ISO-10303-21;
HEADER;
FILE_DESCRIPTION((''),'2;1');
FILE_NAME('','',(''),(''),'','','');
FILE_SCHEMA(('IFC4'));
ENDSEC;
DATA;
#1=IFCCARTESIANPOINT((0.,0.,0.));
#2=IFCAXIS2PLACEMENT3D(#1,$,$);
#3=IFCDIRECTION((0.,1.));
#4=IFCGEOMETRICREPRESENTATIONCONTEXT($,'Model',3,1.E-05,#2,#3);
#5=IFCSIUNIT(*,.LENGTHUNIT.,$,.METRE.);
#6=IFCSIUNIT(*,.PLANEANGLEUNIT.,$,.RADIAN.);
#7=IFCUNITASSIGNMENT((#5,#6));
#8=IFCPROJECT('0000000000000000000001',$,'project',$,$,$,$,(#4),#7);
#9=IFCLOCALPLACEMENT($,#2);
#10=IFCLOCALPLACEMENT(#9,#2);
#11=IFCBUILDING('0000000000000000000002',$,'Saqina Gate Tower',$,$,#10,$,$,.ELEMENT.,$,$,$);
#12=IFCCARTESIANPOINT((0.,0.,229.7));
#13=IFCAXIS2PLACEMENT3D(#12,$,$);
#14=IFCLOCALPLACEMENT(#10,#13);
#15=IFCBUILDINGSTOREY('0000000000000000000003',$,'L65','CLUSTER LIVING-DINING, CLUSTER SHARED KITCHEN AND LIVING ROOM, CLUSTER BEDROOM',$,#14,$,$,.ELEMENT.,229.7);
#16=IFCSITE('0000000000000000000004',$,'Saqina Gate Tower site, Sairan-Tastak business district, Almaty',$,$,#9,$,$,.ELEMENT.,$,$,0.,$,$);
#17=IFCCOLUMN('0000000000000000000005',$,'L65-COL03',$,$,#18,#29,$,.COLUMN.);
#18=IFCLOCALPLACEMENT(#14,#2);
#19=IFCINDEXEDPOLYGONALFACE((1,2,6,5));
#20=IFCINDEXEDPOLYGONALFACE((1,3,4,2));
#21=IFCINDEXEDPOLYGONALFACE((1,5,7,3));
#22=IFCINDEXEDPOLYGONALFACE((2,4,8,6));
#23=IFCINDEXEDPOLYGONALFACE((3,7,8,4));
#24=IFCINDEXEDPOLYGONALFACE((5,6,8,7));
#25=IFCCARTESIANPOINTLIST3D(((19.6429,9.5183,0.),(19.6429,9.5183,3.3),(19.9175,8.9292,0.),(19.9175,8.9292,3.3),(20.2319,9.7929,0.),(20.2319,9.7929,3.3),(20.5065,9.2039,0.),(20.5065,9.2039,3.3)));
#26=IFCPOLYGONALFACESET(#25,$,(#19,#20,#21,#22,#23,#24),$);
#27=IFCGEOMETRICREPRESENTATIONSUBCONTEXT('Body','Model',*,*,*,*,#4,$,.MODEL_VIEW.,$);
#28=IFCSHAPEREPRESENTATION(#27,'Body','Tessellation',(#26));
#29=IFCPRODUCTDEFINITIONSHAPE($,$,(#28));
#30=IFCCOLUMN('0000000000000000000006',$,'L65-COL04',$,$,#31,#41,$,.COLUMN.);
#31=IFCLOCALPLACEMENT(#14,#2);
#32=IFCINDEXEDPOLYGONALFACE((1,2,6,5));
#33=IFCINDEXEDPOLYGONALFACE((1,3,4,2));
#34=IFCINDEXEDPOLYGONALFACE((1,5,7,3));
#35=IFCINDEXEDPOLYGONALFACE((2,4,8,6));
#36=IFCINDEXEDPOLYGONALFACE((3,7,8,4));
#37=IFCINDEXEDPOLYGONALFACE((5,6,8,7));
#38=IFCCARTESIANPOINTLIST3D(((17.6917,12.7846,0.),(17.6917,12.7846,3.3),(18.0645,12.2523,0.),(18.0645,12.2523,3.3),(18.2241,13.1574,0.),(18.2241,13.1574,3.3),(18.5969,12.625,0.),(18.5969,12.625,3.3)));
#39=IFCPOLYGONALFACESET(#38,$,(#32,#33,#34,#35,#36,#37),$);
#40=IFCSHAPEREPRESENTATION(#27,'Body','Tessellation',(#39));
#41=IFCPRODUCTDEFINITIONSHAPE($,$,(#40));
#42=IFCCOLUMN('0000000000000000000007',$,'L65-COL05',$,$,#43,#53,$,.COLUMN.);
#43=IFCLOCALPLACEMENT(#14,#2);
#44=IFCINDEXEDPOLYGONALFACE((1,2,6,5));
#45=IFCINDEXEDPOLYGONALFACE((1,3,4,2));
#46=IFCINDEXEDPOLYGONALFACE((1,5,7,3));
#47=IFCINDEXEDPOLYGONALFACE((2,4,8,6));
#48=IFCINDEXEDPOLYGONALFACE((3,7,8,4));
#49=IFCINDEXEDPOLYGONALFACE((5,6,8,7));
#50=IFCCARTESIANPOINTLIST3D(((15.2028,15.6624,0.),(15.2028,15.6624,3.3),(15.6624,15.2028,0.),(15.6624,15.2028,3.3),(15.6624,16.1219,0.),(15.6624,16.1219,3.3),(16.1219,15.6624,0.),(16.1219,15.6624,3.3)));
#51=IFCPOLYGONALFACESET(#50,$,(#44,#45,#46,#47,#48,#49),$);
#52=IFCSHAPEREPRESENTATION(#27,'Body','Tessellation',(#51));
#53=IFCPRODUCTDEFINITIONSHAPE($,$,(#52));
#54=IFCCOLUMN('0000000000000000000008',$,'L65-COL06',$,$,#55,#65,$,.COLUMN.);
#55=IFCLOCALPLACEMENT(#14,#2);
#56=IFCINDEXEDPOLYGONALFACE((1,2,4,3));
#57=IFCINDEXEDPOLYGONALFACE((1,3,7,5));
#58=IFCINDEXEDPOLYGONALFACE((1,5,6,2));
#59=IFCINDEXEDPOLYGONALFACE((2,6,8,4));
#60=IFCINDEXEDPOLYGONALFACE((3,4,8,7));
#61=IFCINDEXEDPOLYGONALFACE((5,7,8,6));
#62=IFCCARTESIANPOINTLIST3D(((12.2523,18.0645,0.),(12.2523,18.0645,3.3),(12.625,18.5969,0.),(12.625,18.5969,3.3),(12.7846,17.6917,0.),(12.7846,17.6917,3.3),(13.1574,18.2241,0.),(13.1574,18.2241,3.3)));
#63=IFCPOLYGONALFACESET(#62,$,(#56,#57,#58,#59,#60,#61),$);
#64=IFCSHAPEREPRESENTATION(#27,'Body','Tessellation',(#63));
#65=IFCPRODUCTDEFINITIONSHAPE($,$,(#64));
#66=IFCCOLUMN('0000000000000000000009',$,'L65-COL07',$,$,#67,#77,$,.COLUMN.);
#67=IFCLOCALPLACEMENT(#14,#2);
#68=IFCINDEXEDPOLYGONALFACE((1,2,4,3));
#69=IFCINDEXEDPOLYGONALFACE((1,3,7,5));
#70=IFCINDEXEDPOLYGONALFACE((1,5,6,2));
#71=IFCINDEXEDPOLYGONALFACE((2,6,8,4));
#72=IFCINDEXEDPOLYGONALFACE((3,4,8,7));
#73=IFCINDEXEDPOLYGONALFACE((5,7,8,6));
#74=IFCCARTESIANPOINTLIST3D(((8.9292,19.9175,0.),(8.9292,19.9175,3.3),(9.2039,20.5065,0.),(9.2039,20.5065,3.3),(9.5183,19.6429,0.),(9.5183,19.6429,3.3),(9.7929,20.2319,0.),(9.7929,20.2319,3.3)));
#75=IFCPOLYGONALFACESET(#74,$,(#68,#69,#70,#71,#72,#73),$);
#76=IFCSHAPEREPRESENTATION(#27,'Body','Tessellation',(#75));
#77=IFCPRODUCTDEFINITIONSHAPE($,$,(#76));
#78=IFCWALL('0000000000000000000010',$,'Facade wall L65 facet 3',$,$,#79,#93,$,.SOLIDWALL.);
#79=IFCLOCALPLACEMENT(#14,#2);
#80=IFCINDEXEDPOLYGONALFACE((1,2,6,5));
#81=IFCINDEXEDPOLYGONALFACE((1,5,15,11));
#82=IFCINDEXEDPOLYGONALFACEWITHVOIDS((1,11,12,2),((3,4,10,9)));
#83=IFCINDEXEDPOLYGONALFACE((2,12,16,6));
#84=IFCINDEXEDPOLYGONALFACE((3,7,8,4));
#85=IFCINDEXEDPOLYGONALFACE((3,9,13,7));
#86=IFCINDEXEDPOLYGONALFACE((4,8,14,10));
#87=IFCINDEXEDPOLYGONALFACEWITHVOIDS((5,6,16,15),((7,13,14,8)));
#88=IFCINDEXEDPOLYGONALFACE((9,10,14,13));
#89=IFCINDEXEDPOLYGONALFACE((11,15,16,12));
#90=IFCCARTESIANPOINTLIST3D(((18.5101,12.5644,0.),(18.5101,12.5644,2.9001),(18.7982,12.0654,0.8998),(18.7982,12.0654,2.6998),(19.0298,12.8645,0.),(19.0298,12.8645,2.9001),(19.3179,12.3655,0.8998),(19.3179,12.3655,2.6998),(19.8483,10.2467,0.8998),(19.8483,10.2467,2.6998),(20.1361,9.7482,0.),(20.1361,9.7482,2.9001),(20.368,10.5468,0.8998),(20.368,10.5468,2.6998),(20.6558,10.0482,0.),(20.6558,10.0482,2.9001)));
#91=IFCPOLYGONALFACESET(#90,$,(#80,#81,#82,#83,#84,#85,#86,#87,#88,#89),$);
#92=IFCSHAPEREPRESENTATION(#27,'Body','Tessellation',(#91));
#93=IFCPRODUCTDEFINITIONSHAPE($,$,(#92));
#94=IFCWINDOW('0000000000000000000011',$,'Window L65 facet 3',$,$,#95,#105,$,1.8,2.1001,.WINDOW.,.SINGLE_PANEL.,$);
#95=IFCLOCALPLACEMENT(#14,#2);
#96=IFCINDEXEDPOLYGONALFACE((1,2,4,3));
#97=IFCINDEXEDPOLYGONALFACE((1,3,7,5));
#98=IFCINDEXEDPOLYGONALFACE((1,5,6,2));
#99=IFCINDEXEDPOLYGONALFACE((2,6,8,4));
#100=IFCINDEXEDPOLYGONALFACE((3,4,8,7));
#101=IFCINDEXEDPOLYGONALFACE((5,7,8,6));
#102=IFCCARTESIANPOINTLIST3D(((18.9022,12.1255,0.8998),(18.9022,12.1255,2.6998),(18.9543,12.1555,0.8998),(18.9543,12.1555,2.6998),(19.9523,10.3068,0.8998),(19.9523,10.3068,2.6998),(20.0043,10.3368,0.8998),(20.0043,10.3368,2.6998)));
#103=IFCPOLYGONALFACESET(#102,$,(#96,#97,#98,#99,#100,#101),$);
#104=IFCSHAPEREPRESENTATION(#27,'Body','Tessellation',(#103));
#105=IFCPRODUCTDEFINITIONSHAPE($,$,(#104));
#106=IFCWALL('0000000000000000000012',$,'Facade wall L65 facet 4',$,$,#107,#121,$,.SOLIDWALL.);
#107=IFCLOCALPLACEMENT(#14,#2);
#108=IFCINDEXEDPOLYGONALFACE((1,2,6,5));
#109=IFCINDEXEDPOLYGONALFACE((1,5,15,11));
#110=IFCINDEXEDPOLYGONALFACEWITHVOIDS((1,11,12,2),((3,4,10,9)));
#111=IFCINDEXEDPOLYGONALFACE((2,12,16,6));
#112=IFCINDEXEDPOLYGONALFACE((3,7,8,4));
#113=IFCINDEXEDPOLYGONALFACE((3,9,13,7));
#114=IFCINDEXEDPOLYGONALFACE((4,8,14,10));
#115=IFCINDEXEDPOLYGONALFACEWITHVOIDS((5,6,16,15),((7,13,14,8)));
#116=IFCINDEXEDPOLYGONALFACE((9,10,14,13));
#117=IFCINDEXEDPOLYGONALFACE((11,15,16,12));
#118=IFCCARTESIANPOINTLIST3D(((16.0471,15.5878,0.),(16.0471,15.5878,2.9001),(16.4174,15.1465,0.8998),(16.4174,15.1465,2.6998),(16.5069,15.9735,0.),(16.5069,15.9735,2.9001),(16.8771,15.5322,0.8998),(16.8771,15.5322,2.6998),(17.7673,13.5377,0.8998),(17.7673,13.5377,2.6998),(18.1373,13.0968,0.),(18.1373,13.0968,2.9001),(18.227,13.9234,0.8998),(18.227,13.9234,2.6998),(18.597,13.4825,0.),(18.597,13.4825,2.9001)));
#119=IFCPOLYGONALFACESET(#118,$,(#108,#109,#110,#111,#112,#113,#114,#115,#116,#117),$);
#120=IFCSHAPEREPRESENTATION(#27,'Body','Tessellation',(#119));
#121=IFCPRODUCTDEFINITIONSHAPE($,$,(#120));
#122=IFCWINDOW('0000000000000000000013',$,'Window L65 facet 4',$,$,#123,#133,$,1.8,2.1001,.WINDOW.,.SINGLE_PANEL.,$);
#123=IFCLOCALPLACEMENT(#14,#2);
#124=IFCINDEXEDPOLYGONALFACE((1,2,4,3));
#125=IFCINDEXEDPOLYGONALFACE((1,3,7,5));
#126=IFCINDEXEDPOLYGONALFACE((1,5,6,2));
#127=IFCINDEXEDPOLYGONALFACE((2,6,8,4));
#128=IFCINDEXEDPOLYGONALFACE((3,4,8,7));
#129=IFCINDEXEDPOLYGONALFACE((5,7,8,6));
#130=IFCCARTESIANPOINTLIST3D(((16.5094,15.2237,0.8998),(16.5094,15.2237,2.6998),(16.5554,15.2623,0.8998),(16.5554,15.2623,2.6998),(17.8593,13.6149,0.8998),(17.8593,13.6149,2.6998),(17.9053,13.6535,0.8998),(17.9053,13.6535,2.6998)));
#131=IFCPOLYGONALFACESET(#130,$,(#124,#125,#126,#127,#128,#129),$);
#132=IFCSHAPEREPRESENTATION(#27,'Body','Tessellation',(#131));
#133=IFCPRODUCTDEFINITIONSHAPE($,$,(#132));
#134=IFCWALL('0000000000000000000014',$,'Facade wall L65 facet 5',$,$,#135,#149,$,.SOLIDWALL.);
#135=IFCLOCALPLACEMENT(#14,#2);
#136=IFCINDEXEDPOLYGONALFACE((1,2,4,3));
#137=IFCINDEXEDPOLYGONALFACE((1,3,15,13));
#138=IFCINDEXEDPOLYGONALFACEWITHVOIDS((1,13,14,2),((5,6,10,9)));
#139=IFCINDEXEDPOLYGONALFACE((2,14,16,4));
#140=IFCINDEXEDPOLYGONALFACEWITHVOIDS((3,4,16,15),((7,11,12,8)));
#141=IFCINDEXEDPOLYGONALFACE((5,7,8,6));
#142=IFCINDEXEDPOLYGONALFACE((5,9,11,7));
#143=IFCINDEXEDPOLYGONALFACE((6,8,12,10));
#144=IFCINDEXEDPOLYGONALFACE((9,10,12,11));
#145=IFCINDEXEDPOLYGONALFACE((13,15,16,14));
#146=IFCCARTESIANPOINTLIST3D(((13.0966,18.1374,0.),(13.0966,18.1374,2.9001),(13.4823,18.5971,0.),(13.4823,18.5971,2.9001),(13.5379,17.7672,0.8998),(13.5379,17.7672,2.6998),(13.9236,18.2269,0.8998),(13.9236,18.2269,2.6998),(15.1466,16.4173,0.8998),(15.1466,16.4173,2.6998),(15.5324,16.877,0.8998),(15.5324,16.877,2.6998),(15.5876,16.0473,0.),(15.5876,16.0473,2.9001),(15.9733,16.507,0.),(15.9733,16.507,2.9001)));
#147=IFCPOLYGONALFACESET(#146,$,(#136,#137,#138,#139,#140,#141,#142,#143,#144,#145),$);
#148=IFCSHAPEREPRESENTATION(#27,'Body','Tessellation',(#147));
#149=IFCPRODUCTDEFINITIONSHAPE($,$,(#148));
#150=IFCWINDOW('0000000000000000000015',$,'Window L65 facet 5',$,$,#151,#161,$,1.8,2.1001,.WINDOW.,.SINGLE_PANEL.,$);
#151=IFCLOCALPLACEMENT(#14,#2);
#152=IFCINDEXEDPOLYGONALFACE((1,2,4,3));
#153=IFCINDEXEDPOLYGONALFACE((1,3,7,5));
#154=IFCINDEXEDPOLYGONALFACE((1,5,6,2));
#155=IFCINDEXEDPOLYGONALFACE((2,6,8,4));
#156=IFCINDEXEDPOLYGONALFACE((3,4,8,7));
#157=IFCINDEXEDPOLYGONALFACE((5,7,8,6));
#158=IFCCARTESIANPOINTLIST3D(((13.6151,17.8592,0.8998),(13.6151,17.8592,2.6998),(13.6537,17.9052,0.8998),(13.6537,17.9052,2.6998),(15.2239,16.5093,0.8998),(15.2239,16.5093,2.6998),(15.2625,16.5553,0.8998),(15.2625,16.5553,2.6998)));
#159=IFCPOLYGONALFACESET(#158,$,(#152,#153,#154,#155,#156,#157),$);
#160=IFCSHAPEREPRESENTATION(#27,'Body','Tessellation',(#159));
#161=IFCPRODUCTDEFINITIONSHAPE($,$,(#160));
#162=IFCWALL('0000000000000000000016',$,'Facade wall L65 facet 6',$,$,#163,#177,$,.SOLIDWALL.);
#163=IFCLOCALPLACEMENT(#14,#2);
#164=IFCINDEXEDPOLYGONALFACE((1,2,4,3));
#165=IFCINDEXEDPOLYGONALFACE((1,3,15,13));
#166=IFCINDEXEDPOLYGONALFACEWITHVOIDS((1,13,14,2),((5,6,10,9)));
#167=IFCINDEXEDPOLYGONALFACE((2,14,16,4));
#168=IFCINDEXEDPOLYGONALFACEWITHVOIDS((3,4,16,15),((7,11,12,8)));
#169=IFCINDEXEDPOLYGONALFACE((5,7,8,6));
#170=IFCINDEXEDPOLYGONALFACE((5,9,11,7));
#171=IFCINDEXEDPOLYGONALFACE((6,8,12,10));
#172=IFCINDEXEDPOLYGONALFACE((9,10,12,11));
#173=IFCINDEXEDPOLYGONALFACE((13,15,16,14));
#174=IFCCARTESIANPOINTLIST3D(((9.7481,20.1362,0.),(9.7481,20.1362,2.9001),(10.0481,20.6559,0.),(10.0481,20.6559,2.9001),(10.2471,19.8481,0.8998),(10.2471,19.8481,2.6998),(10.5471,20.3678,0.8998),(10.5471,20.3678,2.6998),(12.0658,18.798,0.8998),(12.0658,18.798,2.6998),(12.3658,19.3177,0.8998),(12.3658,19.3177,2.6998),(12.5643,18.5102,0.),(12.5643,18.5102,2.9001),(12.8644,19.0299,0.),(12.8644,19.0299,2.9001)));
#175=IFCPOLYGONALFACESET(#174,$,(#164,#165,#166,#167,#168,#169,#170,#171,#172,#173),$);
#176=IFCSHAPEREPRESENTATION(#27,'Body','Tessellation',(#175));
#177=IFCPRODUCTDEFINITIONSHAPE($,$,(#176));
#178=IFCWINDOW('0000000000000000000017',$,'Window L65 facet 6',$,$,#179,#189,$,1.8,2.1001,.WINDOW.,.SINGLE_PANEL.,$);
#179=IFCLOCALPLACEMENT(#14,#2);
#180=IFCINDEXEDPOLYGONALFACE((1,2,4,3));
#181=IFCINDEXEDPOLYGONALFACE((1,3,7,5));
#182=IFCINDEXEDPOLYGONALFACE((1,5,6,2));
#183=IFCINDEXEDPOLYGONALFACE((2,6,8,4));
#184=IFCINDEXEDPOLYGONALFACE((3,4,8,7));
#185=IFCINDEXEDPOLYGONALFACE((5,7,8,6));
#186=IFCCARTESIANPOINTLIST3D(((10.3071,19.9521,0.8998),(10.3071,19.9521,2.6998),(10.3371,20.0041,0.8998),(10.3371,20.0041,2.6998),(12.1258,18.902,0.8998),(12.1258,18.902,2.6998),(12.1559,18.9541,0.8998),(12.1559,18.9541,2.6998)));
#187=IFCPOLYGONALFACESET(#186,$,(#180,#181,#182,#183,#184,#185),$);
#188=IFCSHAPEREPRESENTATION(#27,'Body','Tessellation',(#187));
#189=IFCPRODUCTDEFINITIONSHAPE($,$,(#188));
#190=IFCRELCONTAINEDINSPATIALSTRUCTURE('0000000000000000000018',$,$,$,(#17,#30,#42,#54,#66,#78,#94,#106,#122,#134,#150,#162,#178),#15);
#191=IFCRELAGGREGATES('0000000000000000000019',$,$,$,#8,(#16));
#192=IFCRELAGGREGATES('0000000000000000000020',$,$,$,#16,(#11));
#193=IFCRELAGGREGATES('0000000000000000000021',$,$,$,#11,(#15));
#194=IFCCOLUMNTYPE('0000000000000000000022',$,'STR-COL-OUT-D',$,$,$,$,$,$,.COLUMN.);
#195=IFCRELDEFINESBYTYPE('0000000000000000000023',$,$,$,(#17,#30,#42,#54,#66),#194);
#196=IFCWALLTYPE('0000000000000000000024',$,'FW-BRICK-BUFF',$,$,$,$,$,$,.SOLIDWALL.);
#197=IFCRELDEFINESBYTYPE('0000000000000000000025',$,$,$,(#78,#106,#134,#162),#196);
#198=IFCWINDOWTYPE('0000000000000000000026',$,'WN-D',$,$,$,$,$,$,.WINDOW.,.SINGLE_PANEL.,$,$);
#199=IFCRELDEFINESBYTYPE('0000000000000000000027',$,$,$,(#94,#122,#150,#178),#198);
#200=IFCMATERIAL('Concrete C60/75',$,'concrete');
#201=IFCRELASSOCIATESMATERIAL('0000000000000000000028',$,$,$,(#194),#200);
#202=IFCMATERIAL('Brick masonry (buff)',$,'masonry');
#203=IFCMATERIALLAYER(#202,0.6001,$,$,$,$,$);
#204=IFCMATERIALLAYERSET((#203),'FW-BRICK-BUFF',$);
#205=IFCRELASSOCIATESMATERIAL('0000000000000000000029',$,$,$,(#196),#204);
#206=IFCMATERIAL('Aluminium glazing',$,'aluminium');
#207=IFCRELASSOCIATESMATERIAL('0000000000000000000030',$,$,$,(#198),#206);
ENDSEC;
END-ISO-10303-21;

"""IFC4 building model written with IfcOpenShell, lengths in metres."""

from ifc_helpers import new_model, si_unit, direction, frame, frame_2d, origin, origin_2d, place, context, subcontext, project, spatial, rectangle, extrude, material, layer, layer_set, material_profile, profile_set, type_object, element, fill, save


model = new_model("IFC4")

# Units and contexts
model_context = context("Model", 3, precision=1e-05, world=origin(), true_north=direction((0.0, 1.0)))
body_context = subcontext(model_context, "Body", "Model", "MODEL_VIEW")
ifc_project = project(units=[si_unit("LENGTHUNIT", "METRE"), si_unit("PLANEANGLEUNIT", "RADIAN")], contexts=[model_context])

# Site, building, storey
site_placement = place(None, origin())
site = spatial("IfcSite", under=ifc_project, at=site_placement, Name="Saqina Gate Tower site, Sairan-Tastak business district, Almaty", CompositionType="ELEMENT", RefElevation=0.0)
building_placement = place(site_placement, origin())
building = spatial("IfcBuilding", under=site, at=building_placement, Name="Saqina Gate Tower", CompositionType="ELEMENT")
storey_placement = place(building_placement, frame((0.0, 0.0, 229.7)))
storey = spatial("IfcBuildingStorey", under=building, at=storey_placement, Name="L65", Description="CLUSTER LIVING-DINING, CLUSTER SHARED KITCHEN AND LIVING ROOM, CLUSTER BEDROOM", CompositionType="ELEMENT", Elevation=229.7)

# Columns
ifc_material_1 = material(Name="Concrete C60/75", Category="concrete")
ifc_material_profile = material_profile(ifc_material_1, rectangle(XDim=0.6499, YDim=0.6499, at=origin_2d()), Name="RC 650x650")
ifc_profile_set = profile_set([ifc_material_profile], Name="Concrete C60/75")
column_type = type_object("IfcColumnType", Name="STR-COL-OUT-D", PredefinedType="COLUMN", material=ifc_profile_set)
for number, where, z_axis, x_axis, name in (
    (1, (20.0747, 9.3611, 0.0), (0.0, 0.0, 1.0), (0.906308, 0.422618, 0.0), "L65-COL03"),
    (2, (18.1443, 12.7048, 0.0), (0.0, 0.0, 1.0), (0.819152, 0.573576, 0.0), "L65-COL04"),
    (3, (15.6624, 15.6624, 0.0), (0.0, 0.0, 1.0), (0.707107, 0.707107, 0.0), "L65-COL05"),
    (4, (12.7048, 18.1443, 0.0), (0.0, 0.0, 1.0), (0.573576, 0.819152, 0.0), "L65-COL06"),
    (5, (9.3611, 20.0747, 0.0), (0.0, 0.0, 1.0), (0.422618, 0.906308, 0.0), "L65-COL07"),
):
    element("IfcColumn", number, at=place(storey_placement, frame(where, z_axis=z_axis, x_axis=x_axis)), inside=storey, type_object=column_type, Name=name, PredefinedType="COLUMN", context=body_context, shape_type="SweptSolid", body=[
        extrude(rectangle(XDim=0.6499, YDim=0.6499, at=origin_2d()), origin(), (0.0, 0.0, 1.0), 3.3),
    ])

# Walls, openings, windows
ifc_material_2 = material(Name="Brick masonry (buff)", Category="masonry")
ifc_layer_1 = layer(ifc_material_2, 0.6001)
ifc_layer_set_1 = layer_set([ifc_layer_1], Name="FW-BRICK-BUFF")
wall_type_1 = type_object("IfcWallType", Name="FW-BRICK-BUFF", PredefinedType="SOLIDWALL", material=ifc_layer_set_1)
wall_1_placement = place(storey_placement, frame((20.396, 9.8982, 0.0), z_axis=(0.0, 0.0, 1.0), x_axis=(-0.500015, 0.866017, 0.0)))
wall_1 = element("IfcWall", 6, at=wall_1_placement, inside=storey, type_object=wall_type_1, Name="Facade wall L65 facet 3", PredefinedType="SOLIDWALL", context=body_context, shape_type="SweptSolid", body=[
    extrude(rectangle(XDim=3.252, YDim=0.6001, at=frame_2d((1.626, 0.0))), origin(), (0.0, 0.0, 1.0), 2.9001),
])
opening_1_placement = place(wall_1_placement, frame((0.5757, 0.0, 0.8999)))
opening_1 = element("IfcOpeningElement", 7, at=opening_1_placement, cuts=wall_1, PredefinedType="OPENING", context=body_context, shape_type="SweptSolid", body=[
    extrude(rectangle(XDim=2.1001, YDim=1.8, at=frame_2d((1.05, 0.8999))), frame((0.0, 0.312, 0.0), z_axis=(0.0, -1.0, 0.0), x_axis=(1.0, 0.0, 0.0)), (0.0, 0.0, 1.0), 0.624),
])
ifc_material_3 = material(Name="Aluminium glazing", Category="aluminium")
window_type = type_object("IfcWindowType", Name="WN-D", PartitioningType="SINGLE_PANEL", PredefinedType="WINDOW", material=ifc_material_3)
window_1_placement = place(opening_1_placement, origin())
window_1 = element("IfcWindow", 8, at=window_1_placement, inside=storey, type_object=window_type, Name="Window L65 facet 3", OverallHeight=1.8, OverallWidth=2.1001, PartitioningType="SINGLE_PANEL", PredefinedType="WINDOW", context=body_context, shape_type="SweptSolid", body=[
    extrude(rectangle(XDim=2.1001, YDim=1.8, at=frame_2d((1.05, 0.8999))), frame((0.0, 0.1799, 0.0), z_axis=(0.0, -1.0, 0.0), x_axis=(1.0, 0.0, 0.0)), (0.0, 0.0, 1.0), 0.0601),
])
fill(opening_1, window_1)
wall_2_placement = place(storey_placement, frame((18.3672, 13.2896, 0.0), z_axis=(0.0, 0.0, 1.0), x_axis=(-0.642773, 0.766057, 0.0)))
wall_2 = element("IfcWall", 9, at=wall_2_placement, inside=storey, type_object=wall_type_1, Name="Facade wall L65 facet 4", PredefinedType="SOLIDWALL", context=body_context, shape_type="SweptSolid", body=[
    extrude(rectangle(XDim=3.2517, YDim=0.6001, at=frame_2d((1.626, 0.0))), origin(), (0.0, 0.0, 1.0), 2.9001),
])
opening_2_placement = place(wall_2_placement, frame((0.5757, 0.0, 0.8999)))
opening_2 = element("IfcOpeningElement", 10, at=opening_2_placement, cuts=wall_2, PredefinedType="OPENING", context=body_context, shape_type="SweptSolid", body=[
    extrude(rectangle(XDim=2.1001, YDim=1.8, at=frame_2d((1.05, 0.8999))), frame((0.0, 0.312, 0.0), z_axis=(0.0, -1.0, 0.0), x_axis=(1.0, 0.0, 0.0)), (0.0, 0.0, 1.0), 0.624),
])
window_2_placement = place(opening_2_placement, origin())
window_2 = element("IfcWindow", 11, at=window_2_placement, inside=storey, type_object=window_type, Name="Window L65 facet 4", OverallHeight=1.8, OverallWidth=2.1001, PartitioningType="SINGLE_PANEL", PredefinedType="WINDOW", context=body_context, shape_type="SweptSolid", body=[
    extrude(rectangle(XDim=2.1001, YDim=1.8, at=frame_2d((1.05, 0.8999))), frame((0.0, 0.1799, 0.0), z_axis=(0.0, -1.0, 0.0), x_axis=(1.0, 0.0, 0.0)), (0.0, 0.0, 1.0), 0.0601),
])
fill(opening_2, window_2)
wall_3_placement = place(storey_placement, frame((15.7805, 16.2771, 0.0), z_axis=(0.0, 0.0, 1.0), x_axis=(-0.766057, 0.642773, 0.0)))
wall_3 = element("IfcWall", 12, at=wall_3_placement, inside=storey, type_object=wall_type_1, Name="Facade wall L65 facet 5", PredefinedType="SOLIDWALL", context=body_context, shape_type="SweptSolid", body=[
    extrude(rectangle(XDim=3.2517, YDim=0.6001, at=frame_2d((1.626, 0.0))), origin(), (0.0, 0.0, 1.0), 2.9001),
])
opening_3_placement = place(wall_3_placement, frame((0.5757, 0.0, 0.8999)))
opening_3 = element("IfcOpeningElement", 13, at=opening_3_placement, cuts=wall_3, PredefinedType="OPENING", context=body_context, shape_type="SweptSolid", body=[
    extrude(rectangle(XDim=2.1001, YDim=1.8, at=frame_2d((1.05, 0.8999))), frame((0.0, 0.312, 0.0), z_axis=(0.0, -1.0, 0.0), x_axis=(1.0, 0.0, 0.0)), (0.0, 0.0, 1.0), 0.624),
])
window_3_placement = place(opening_3_placement, origin())
window_3 = element("IfcWindow", 14, at=window_3_placement, inside=storey, type_object=window_type, Name="Window L65 facet 5", OverallHeight=1.8, OverallWidth=2.1001, PartitioningType="SINGLE_PANEL", PredefinedType="WINDOW", context=body_context, shape_type="SweptSolid", body=[
    extrude(rectangle(XDim=2.1001, YDim=1.8, at=frame_2d((1.05, 0.8999))), frame((0.0, 0.1799, 0.0), z_axis=(0.0, -1.0, 0.0), x_axis=(1.0, 0.0, 0.0)), (0.0, 0.0, 1.0), 0.0601),
])
fill(opening_3, window_3)
wall_4_placement = place(storey_placement, frame((12.7144, 18.77, 0.0), z_axis=(0.0, 0.0, 1.0), x_axis=(-0.866017, 0.500015, 0.0)))
wall_4 = element("IfcWall", 15, at=wall_4_placement, inside=storey, type_object=wall_type_1, Name="Facade wall L65 facet 6", PredefinedType="SOLIDWALL", context=body_context, shape_type="SweptSolid", body=[
    extrude(rectangle(XDim=3.252, YDim=0.6001, at=frame_2d((1.626, 0.0))), origin(), (0.0, 0.0, 1.0), 2.9001),
])
opening_4_placement = place(wall_4_placement, frame((0.5757, 0.0, 0.8999)))
opening_4 = element("IfcOpeningElement", 16, at=opening_4_placement, cuts=wall_4, PredefinedType="OPENING", context=body_context, shape_type="SweptSolid", body=[
    extrude(rectangle(XDim=2.1001, YDim=1.8, at=frame_2d((1.05, 0.8999))), frame((0.0, 0.312, 0.0), z_axis=(0.0, -1.0, 0.0), x_axis=(1.0, 0.0, 0.0)), (0.0, 0.0, 1.0), 0.624),
])
window_4_placement = place(opening_4_placement, origin())
window_4 = element("IfcWindow", 17, at=window_4_placement, inside=storey, type_object=window_type, Name="Window L65 facet 6", OverallHeight=1.8, OverallWidth=2.1001, PartitioningType="SINGLE_PANEL", PredefinedType="WINDOW", context=body_context, shape_type="SweptSolid", body=[
    extrude(rectangle(XDim=2.1001, YDim=1.8, at=frame_2d((1.05, 0.8999))), frame((0.0, 0.1799, 0.0), z_axis=(0.0, -1.0, 0.0), x_axis=(1.0, 0.0, 0.0)), (0.0, 0.0, 1.0), 0.0601),
])
fill(opening_4, window_4)

save(model, "model.ifc")
